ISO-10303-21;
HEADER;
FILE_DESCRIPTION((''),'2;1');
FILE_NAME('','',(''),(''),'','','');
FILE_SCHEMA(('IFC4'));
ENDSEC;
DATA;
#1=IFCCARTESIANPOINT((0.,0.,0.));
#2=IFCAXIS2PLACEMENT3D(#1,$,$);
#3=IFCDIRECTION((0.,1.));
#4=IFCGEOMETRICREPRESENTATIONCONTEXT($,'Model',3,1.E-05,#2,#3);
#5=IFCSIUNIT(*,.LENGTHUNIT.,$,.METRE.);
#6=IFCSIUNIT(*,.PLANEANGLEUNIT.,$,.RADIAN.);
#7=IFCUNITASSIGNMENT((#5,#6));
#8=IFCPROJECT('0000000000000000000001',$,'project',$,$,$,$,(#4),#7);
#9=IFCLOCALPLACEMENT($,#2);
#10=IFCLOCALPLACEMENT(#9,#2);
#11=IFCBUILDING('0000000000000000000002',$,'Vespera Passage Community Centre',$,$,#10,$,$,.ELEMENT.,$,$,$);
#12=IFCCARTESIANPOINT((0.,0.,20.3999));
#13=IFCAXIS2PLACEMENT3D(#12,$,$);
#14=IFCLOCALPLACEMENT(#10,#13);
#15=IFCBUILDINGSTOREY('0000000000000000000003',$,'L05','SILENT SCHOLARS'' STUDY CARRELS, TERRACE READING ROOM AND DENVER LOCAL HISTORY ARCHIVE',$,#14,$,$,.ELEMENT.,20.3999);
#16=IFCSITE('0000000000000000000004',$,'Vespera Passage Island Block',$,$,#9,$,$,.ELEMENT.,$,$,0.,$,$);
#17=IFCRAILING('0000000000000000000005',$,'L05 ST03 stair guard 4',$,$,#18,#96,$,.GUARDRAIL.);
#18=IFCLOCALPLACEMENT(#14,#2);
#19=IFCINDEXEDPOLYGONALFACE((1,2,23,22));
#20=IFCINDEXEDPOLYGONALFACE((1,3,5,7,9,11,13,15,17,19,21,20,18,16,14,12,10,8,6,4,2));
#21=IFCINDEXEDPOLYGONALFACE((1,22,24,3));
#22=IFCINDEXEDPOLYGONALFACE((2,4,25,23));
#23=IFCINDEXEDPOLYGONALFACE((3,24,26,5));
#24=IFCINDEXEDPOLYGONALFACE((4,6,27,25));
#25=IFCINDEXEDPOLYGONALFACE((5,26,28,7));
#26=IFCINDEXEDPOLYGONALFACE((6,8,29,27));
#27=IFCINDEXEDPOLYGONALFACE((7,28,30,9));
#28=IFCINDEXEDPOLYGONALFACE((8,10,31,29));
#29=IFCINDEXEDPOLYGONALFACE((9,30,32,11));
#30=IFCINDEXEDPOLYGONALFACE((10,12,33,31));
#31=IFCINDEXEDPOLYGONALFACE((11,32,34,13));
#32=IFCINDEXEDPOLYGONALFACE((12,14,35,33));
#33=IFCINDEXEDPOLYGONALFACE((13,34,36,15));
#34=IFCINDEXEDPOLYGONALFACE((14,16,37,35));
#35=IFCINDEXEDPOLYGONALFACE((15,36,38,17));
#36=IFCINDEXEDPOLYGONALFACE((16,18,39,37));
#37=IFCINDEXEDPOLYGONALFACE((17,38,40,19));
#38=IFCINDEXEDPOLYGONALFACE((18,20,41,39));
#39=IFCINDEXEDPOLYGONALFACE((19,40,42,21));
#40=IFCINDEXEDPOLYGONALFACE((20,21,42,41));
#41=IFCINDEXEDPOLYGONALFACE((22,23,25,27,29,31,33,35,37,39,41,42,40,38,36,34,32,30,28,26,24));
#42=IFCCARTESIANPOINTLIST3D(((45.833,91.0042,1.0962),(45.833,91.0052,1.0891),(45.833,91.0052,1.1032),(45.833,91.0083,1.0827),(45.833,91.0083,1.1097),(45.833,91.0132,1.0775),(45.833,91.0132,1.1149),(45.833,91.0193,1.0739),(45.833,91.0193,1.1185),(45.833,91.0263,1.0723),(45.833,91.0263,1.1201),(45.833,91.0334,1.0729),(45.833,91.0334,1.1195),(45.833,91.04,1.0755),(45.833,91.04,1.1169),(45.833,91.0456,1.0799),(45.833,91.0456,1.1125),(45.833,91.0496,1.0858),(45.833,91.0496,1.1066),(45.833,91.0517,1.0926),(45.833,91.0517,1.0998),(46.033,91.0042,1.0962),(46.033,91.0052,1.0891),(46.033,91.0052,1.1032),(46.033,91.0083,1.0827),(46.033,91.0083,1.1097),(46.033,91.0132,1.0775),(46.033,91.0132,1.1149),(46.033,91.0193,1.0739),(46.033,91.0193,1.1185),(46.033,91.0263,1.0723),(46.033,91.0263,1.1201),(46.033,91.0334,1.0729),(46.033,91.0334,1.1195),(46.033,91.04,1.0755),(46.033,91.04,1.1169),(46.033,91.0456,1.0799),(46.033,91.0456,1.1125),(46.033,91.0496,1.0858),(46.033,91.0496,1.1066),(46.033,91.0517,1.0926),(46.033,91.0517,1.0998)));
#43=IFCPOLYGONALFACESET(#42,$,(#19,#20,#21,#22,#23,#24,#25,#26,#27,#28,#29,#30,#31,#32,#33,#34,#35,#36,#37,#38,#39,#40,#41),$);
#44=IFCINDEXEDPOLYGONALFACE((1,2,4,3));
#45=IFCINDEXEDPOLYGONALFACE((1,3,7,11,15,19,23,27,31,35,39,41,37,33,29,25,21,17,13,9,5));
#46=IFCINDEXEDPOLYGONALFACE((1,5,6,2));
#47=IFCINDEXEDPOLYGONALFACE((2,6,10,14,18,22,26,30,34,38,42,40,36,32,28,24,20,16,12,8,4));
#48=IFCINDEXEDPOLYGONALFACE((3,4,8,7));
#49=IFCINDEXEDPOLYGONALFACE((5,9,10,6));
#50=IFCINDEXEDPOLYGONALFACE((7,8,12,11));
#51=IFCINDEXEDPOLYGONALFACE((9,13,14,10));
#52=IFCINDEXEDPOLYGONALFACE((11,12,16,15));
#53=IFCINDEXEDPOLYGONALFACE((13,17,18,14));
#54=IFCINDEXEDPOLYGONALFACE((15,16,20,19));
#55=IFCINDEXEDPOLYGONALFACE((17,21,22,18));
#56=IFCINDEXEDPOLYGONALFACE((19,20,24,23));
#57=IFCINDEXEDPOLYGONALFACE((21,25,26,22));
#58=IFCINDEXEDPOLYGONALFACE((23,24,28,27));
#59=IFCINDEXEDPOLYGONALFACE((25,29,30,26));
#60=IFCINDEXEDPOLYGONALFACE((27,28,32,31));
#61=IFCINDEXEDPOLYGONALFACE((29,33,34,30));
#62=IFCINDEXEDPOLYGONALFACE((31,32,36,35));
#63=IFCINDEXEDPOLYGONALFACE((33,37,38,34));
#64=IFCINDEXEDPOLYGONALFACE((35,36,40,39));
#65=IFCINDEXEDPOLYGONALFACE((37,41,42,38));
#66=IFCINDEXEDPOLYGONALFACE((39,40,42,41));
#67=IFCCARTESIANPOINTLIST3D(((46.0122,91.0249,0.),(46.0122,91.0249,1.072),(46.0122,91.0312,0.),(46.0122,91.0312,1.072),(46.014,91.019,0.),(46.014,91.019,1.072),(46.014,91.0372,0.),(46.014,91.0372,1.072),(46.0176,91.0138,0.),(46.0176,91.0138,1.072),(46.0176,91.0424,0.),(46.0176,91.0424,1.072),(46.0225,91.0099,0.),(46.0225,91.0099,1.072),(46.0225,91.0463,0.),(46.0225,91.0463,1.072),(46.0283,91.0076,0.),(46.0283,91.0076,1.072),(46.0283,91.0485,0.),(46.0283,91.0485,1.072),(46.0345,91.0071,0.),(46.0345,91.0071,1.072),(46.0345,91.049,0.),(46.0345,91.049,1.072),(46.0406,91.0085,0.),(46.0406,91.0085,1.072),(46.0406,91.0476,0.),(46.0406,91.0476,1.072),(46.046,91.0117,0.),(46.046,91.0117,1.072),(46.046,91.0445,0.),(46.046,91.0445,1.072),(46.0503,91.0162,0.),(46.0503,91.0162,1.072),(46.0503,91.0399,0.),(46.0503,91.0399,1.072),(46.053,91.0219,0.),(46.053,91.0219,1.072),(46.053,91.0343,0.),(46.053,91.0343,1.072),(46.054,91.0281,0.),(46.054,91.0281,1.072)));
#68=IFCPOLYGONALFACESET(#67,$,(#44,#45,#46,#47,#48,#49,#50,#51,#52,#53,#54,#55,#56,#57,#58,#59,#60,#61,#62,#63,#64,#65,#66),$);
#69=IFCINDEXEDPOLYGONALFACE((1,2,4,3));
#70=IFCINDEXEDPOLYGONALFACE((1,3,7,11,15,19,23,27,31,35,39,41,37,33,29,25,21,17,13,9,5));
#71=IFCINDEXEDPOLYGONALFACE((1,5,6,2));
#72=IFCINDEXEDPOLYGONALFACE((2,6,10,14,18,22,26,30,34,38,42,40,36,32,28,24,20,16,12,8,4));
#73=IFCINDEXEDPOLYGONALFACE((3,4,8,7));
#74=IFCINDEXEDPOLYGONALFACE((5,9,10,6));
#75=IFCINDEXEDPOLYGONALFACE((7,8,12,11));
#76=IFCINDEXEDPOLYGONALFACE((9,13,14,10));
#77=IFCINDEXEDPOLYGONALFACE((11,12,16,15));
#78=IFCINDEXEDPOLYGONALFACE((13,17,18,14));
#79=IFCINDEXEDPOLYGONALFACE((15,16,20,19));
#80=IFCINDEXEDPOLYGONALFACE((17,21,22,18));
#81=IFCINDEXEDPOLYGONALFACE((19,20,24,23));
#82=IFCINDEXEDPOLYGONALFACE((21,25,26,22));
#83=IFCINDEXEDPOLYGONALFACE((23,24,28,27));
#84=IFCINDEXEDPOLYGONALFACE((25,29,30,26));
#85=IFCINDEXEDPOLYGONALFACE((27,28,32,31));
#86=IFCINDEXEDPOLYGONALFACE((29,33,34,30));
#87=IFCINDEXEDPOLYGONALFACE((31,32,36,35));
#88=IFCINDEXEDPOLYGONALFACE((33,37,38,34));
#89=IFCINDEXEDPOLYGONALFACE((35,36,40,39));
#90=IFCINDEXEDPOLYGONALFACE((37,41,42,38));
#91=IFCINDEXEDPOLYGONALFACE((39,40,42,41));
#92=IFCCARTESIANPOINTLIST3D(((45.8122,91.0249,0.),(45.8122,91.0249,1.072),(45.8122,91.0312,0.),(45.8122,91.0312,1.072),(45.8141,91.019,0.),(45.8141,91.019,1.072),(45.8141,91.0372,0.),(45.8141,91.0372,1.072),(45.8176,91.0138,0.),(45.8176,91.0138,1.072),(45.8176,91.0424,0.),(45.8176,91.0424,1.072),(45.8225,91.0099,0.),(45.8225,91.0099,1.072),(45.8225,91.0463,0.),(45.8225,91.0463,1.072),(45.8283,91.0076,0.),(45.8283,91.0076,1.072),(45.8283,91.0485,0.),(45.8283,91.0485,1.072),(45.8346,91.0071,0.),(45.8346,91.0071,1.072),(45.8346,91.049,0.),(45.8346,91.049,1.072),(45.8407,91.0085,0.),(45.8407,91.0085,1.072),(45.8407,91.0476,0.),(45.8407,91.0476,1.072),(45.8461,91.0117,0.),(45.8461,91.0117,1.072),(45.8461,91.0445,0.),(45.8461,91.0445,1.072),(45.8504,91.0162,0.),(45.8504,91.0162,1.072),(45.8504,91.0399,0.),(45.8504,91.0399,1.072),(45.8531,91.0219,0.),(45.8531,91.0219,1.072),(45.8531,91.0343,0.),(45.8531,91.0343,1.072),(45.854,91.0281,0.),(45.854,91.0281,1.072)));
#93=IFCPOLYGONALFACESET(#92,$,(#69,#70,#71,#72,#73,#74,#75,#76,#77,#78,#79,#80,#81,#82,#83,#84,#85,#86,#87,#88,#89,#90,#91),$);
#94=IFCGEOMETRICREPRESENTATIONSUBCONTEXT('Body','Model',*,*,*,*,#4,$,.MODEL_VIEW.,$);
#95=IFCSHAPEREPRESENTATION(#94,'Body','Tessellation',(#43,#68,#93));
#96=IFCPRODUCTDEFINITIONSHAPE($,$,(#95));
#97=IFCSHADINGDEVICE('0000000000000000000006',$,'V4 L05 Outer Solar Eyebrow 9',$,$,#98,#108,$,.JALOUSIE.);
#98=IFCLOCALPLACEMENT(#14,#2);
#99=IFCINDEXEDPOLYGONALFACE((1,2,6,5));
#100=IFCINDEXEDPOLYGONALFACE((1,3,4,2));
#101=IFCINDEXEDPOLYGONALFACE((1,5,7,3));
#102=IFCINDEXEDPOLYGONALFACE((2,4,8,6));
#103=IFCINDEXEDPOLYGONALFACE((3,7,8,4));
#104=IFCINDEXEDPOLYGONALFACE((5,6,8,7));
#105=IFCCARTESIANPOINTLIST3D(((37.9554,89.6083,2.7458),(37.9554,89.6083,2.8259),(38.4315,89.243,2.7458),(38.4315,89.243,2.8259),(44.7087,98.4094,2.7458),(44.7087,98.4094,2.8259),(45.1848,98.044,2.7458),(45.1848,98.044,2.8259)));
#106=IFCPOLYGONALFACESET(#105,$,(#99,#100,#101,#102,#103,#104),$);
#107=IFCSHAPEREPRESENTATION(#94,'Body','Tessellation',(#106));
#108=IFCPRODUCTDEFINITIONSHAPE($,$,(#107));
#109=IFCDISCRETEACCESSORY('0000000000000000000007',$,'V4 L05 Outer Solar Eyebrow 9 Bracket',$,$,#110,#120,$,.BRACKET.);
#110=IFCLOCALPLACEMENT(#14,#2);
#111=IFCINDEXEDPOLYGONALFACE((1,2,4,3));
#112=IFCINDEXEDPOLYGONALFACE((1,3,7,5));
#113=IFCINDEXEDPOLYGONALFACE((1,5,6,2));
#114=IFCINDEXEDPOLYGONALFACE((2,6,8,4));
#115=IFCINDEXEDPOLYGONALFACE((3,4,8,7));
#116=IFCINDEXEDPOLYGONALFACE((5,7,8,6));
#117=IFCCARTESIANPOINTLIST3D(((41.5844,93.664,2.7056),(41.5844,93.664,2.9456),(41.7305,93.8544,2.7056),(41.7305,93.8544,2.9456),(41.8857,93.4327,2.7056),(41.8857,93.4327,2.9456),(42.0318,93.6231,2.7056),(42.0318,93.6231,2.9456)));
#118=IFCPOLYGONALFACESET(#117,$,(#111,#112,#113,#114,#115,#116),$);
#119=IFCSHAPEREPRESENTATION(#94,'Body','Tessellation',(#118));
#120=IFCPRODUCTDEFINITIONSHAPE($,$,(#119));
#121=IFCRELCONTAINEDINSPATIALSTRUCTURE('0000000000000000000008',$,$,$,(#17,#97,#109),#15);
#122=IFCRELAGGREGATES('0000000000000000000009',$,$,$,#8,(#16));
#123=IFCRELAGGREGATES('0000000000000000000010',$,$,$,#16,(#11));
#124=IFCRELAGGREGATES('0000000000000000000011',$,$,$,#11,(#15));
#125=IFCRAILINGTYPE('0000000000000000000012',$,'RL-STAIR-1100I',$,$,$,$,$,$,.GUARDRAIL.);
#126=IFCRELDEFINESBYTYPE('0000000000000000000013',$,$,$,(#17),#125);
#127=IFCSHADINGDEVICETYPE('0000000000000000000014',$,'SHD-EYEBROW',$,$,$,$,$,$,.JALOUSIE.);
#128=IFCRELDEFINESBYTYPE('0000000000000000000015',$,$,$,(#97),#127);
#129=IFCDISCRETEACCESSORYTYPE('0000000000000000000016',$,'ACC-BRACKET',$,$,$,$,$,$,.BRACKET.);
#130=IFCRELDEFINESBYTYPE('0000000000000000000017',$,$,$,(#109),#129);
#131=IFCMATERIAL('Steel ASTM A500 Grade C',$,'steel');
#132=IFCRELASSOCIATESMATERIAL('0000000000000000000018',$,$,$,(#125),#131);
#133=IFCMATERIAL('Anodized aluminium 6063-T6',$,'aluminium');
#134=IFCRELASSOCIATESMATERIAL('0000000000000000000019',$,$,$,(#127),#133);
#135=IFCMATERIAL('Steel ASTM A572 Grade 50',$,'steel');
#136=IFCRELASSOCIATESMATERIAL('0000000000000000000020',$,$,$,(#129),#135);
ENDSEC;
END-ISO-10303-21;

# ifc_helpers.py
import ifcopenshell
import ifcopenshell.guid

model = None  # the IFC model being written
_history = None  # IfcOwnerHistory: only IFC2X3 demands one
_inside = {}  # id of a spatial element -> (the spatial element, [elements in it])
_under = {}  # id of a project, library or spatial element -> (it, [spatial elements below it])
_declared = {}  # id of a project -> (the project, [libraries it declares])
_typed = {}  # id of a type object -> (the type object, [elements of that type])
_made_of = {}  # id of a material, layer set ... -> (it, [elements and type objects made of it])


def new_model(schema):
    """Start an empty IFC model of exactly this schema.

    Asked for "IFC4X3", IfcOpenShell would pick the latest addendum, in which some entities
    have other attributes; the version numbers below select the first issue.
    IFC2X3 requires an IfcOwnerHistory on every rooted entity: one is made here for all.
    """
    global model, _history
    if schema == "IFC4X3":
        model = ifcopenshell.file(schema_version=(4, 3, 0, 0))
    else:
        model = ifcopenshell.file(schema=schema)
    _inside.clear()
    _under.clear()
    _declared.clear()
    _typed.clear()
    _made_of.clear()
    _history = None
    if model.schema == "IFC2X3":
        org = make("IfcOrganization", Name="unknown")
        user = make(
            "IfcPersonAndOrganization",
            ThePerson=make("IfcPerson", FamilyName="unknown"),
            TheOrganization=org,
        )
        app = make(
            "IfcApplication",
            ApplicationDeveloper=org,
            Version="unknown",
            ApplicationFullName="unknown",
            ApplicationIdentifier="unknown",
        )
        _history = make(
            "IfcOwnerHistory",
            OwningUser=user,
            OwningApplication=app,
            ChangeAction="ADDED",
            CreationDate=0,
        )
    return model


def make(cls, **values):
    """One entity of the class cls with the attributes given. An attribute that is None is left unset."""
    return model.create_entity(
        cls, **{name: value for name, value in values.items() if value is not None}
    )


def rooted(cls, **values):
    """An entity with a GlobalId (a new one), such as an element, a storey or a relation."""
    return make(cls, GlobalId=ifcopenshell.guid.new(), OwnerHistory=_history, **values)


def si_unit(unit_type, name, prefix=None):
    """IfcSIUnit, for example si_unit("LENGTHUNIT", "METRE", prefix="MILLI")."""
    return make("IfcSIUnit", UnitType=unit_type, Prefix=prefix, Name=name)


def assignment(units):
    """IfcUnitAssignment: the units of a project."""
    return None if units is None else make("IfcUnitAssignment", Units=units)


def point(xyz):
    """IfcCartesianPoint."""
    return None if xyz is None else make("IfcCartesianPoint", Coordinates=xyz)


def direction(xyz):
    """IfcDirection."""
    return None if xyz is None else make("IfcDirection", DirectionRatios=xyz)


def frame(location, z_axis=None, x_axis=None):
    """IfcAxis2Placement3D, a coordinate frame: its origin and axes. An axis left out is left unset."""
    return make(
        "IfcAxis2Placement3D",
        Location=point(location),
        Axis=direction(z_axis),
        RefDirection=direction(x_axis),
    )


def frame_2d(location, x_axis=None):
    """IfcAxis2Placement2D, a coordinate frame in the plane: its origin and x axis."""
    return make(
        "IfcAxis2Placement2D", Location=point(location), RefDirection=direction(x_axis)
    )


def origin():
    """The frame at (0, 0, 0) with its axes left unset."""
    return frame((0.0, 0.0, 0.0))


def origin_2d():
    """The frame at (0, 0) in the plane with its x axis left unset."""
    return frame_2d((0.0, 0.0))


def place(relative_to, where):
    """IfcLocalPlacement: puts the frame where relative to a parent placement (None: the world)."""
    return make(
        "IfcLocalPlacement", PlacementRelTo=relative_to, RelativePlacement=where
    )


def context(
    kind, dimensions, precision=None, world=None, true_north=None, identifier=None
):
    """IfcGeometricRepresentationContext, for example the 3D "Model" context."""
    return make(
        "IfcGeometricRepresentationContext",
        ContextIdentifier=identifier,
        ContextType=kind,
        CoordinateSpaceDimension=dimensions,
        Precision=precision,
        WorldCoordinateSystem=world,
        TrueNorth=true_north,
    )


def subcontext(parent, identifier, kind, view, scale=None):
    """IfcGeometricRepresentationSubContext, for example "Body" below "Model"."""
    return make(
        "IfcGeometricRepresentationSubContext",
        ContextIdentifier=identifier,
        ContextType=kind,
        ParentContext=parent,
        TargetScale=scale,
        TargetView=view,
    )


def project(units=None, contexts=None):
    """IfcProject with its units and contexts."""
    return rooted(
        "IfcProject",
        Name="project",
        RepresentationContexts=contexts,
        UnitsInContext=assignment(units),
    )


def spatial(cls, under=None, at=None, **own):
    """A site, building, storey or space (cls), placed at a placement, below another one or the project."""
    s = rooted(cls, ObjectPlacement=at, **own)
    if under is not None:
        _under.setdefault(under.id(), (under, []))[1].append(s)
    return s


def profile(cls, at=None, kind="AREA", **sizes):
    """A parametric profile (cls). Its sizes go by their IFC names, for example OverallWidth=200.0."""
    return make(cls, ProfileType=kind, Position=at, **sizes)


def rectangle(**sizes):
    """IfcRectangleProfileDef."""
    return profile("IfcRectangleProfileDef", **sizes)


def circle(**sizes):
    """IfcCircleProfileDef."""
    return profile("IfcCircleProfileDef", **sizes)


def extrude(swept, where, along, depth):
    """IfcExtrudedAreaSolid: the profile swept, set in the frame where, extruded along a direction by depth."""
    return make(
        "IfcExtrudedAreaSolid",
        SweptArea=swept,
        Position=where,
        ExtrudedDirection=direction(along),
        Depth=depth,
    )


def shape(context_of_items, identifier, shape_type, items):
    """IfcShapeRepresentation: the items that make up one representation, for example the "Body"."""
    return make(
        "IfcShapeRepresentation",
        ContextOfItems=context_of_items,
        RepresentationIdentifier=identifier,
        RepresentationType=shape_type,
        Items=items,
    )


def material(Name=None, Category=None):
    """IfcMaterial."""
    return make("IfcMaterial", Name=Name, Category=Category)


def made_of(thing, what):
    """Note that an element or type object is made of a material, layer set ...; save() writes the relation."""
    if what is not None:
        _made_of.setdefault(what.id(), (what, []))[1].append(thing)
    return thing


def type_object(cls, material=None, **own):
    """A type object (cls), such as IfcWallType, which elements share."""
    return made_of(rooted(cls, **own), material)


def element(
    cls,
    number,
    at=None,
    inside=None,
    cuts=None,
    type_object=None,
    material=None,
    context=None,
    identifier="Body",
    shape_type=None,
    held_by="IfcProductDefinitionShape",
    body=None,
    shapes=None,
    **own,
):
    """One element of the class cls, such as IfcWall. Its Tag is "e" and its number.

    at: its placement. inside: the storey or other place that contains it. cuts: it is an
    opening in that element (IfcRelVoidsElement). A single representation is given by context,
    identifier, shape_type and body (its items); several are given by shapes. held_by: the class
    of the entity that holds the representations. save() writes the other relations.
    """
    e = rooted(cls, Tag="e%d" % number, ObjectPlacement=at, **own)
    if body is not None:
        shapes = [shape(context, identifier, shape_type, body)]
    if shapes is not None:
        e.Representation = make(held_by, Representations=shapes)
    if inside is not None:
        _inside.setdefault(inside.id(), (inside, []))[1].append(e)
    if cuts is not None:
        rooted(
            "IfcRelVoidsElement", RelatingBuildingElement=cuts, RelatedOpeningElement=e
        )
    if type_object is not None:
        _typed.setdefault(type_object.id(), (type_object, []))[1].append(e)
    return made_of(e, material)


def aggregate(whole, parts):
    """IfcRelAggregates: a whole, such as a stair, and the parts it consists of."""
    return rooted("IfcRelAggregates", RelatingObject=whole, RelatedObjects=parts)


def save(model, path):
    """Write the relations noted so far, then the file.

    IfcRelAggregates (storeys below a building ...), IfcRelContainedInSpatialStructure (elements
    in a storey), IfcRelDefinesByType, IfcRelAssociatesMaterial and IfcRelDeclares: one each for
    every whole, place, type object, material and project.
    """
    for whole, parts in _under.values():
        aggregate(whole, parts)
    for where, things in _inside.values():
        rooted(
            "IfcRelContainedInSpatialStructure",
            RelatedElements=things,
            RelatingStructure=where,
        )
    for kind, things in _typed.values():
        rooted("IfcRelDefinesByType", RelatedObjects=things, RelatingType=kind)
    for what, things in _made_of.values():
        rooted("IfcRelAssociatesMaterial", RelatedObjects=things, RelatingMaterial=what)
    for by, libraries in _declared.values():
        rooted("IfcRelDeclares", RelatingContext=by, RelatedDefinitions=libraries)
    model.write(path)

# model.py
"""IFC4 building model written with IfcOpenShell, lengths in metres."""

from ifc_helpers import new_model, si_unit, direction, frame, origin, origin_2d, place, context, subcontext, project, spatial, rectangle, circle, extrude, material, type_object, element, save


model = new_model("IFC4")

# Units and contexts
model_context = context("Model", 3, precision=1e-05, world=origin(), true_north=direction((0.0, 1.0)))
body_context = subcontext(model_context, "Body", "Model", "MODEL_VIEW")
ifc_project = project(units=[si_unit("LENGTHUNIT", "METRE"), si_unit("PLANEANGLEUNIT", "RADIAN")], contexts=[model_context])

# Site, building, storey
site_placement = place(None, origin())
site = spatial("IfcSite", under=ifc_project, at=site_placement, Name="Vespera Passage Island Block", CompositionType="ELEMENT", RefElevation=0.0)
building_placement = place(site_placement, origin())
building = spatial("IfcBuilding", under=site, at=building_placement, Name="Vespera Passage Community Centre", CompositionType="ELEMENT")
storey_placement = place(building_placement, frame((0.0, 0.0, 20.3999)))
storey = spatial("IfcBuildingStorey", under=building, at=storey_placement, Name="L05", Description="SILENT SCHOLARS' STUDY CARRELS, TERRACE READING ROOM AND DENVER LOCAL HISTORY ARCHIVE", CompositionType="ELEMENT", Elevation=20.3999)

# Railing
ifc_material_1 = material(Name="Steel ASTM A500 Grade C", Category="steel")
railing_type_1 = type_object("IfcRailingType", Name="RL-STAIR-1100I", PredefinedType="GUARDRAIL", material=ifc_material_1)
railing_1_placement = place(storey_placement, frame((46.033, 91.0281, 0.0)))
element("IfcRailing", 1, at=railing_1_placement, inside=storey, type_object=railing_type_1, Name="L05 ST03 stair guard 4", PredefinedType="GUARDRAIL", context=body_context, shape_type="SweptSolid", body=[
    extrude(circle(Radius=0.0239, at=origin_2d()), frame((0.0, 0.0, 1.0962), z_axis=(-1.0, 0.0, 0.0), x_axis=(0.0, -1.0, 0.0)), (0.0, 0.0, 1.0), 0.2),
    extrude(circle(Radius=0.021, at=origin_2d()), origin(), (0.0, 0.0, 1.0), 1.072),
    extrude(circle(Radius=0.021, at=origin_2d()), frame((-0.2, 0.0, 0.0)), (0.0, 0.0, 1.0), 1.072),
])

# Shading device
ifc_material_2 = material(Name="Anodized aluminium 6063-T6", Category="aluminium")
shading_device_type = type_object("IfcShadingDeviceType", Name="SHD-EYEBROW", PredefinedType="JALOUSIE", material=ifc_material_2)
shading_device_placement = place(storey_placement, frame((41.5701, 93.8262, 2.7458), z_axis=(0.0, 0.0, 1.0), x_axis=(0.608761, 0.793353, 0.0)))
element("IfcShadingDevice", 2, at=shading_device_placement, inside=storey, type_object=shading_device_type, Name="V4 L05 Outer Solar Eyebrow 9", PredefinedType="JALOUSIE", context=body_context, shape_type="SweptSolid", body=[
    extrude(rectangle(XDim=11.0935, YDim=0.6001, at=origin_2d()), origin(), (0.0, 0.0, 1.0), 0.0801),
])

# Discrete accessory
ifc_material_3 = material(Name="Steel ASTM A572 Grade 50", Category="steel")
discrete_accessory_type = type_object("IfcDiscreteAccessoryType", Name="ACC-BRACKET", PredefinedType="BRACKET", material=ifc_material_3)
discrete_accessory_placement = place(storey_placement, frame((41.8081, 93.6436, 2.7056), z_axis=(0.0, 0.0, 1.0), x_axis=(0.608761, 0.793353, 0.0)))
element("IfcDiscreteAccessory", 3, at=discrete_accessory_placement, inside=storey, type_object=discrete_accessory_type, Name="V4 L05 Outer Solar Eyebrow 9 Bracket", PredefinedType="BRACKET", context=body_context, shape_type="SweptSolid", body=[
    extrude(rectangle(XDim=0.24, YDim=0.3799, at=origin_2d()), origin(), (0.0, 0.0, 1.0), 0.24),
])

save(model, "model.ifc")
